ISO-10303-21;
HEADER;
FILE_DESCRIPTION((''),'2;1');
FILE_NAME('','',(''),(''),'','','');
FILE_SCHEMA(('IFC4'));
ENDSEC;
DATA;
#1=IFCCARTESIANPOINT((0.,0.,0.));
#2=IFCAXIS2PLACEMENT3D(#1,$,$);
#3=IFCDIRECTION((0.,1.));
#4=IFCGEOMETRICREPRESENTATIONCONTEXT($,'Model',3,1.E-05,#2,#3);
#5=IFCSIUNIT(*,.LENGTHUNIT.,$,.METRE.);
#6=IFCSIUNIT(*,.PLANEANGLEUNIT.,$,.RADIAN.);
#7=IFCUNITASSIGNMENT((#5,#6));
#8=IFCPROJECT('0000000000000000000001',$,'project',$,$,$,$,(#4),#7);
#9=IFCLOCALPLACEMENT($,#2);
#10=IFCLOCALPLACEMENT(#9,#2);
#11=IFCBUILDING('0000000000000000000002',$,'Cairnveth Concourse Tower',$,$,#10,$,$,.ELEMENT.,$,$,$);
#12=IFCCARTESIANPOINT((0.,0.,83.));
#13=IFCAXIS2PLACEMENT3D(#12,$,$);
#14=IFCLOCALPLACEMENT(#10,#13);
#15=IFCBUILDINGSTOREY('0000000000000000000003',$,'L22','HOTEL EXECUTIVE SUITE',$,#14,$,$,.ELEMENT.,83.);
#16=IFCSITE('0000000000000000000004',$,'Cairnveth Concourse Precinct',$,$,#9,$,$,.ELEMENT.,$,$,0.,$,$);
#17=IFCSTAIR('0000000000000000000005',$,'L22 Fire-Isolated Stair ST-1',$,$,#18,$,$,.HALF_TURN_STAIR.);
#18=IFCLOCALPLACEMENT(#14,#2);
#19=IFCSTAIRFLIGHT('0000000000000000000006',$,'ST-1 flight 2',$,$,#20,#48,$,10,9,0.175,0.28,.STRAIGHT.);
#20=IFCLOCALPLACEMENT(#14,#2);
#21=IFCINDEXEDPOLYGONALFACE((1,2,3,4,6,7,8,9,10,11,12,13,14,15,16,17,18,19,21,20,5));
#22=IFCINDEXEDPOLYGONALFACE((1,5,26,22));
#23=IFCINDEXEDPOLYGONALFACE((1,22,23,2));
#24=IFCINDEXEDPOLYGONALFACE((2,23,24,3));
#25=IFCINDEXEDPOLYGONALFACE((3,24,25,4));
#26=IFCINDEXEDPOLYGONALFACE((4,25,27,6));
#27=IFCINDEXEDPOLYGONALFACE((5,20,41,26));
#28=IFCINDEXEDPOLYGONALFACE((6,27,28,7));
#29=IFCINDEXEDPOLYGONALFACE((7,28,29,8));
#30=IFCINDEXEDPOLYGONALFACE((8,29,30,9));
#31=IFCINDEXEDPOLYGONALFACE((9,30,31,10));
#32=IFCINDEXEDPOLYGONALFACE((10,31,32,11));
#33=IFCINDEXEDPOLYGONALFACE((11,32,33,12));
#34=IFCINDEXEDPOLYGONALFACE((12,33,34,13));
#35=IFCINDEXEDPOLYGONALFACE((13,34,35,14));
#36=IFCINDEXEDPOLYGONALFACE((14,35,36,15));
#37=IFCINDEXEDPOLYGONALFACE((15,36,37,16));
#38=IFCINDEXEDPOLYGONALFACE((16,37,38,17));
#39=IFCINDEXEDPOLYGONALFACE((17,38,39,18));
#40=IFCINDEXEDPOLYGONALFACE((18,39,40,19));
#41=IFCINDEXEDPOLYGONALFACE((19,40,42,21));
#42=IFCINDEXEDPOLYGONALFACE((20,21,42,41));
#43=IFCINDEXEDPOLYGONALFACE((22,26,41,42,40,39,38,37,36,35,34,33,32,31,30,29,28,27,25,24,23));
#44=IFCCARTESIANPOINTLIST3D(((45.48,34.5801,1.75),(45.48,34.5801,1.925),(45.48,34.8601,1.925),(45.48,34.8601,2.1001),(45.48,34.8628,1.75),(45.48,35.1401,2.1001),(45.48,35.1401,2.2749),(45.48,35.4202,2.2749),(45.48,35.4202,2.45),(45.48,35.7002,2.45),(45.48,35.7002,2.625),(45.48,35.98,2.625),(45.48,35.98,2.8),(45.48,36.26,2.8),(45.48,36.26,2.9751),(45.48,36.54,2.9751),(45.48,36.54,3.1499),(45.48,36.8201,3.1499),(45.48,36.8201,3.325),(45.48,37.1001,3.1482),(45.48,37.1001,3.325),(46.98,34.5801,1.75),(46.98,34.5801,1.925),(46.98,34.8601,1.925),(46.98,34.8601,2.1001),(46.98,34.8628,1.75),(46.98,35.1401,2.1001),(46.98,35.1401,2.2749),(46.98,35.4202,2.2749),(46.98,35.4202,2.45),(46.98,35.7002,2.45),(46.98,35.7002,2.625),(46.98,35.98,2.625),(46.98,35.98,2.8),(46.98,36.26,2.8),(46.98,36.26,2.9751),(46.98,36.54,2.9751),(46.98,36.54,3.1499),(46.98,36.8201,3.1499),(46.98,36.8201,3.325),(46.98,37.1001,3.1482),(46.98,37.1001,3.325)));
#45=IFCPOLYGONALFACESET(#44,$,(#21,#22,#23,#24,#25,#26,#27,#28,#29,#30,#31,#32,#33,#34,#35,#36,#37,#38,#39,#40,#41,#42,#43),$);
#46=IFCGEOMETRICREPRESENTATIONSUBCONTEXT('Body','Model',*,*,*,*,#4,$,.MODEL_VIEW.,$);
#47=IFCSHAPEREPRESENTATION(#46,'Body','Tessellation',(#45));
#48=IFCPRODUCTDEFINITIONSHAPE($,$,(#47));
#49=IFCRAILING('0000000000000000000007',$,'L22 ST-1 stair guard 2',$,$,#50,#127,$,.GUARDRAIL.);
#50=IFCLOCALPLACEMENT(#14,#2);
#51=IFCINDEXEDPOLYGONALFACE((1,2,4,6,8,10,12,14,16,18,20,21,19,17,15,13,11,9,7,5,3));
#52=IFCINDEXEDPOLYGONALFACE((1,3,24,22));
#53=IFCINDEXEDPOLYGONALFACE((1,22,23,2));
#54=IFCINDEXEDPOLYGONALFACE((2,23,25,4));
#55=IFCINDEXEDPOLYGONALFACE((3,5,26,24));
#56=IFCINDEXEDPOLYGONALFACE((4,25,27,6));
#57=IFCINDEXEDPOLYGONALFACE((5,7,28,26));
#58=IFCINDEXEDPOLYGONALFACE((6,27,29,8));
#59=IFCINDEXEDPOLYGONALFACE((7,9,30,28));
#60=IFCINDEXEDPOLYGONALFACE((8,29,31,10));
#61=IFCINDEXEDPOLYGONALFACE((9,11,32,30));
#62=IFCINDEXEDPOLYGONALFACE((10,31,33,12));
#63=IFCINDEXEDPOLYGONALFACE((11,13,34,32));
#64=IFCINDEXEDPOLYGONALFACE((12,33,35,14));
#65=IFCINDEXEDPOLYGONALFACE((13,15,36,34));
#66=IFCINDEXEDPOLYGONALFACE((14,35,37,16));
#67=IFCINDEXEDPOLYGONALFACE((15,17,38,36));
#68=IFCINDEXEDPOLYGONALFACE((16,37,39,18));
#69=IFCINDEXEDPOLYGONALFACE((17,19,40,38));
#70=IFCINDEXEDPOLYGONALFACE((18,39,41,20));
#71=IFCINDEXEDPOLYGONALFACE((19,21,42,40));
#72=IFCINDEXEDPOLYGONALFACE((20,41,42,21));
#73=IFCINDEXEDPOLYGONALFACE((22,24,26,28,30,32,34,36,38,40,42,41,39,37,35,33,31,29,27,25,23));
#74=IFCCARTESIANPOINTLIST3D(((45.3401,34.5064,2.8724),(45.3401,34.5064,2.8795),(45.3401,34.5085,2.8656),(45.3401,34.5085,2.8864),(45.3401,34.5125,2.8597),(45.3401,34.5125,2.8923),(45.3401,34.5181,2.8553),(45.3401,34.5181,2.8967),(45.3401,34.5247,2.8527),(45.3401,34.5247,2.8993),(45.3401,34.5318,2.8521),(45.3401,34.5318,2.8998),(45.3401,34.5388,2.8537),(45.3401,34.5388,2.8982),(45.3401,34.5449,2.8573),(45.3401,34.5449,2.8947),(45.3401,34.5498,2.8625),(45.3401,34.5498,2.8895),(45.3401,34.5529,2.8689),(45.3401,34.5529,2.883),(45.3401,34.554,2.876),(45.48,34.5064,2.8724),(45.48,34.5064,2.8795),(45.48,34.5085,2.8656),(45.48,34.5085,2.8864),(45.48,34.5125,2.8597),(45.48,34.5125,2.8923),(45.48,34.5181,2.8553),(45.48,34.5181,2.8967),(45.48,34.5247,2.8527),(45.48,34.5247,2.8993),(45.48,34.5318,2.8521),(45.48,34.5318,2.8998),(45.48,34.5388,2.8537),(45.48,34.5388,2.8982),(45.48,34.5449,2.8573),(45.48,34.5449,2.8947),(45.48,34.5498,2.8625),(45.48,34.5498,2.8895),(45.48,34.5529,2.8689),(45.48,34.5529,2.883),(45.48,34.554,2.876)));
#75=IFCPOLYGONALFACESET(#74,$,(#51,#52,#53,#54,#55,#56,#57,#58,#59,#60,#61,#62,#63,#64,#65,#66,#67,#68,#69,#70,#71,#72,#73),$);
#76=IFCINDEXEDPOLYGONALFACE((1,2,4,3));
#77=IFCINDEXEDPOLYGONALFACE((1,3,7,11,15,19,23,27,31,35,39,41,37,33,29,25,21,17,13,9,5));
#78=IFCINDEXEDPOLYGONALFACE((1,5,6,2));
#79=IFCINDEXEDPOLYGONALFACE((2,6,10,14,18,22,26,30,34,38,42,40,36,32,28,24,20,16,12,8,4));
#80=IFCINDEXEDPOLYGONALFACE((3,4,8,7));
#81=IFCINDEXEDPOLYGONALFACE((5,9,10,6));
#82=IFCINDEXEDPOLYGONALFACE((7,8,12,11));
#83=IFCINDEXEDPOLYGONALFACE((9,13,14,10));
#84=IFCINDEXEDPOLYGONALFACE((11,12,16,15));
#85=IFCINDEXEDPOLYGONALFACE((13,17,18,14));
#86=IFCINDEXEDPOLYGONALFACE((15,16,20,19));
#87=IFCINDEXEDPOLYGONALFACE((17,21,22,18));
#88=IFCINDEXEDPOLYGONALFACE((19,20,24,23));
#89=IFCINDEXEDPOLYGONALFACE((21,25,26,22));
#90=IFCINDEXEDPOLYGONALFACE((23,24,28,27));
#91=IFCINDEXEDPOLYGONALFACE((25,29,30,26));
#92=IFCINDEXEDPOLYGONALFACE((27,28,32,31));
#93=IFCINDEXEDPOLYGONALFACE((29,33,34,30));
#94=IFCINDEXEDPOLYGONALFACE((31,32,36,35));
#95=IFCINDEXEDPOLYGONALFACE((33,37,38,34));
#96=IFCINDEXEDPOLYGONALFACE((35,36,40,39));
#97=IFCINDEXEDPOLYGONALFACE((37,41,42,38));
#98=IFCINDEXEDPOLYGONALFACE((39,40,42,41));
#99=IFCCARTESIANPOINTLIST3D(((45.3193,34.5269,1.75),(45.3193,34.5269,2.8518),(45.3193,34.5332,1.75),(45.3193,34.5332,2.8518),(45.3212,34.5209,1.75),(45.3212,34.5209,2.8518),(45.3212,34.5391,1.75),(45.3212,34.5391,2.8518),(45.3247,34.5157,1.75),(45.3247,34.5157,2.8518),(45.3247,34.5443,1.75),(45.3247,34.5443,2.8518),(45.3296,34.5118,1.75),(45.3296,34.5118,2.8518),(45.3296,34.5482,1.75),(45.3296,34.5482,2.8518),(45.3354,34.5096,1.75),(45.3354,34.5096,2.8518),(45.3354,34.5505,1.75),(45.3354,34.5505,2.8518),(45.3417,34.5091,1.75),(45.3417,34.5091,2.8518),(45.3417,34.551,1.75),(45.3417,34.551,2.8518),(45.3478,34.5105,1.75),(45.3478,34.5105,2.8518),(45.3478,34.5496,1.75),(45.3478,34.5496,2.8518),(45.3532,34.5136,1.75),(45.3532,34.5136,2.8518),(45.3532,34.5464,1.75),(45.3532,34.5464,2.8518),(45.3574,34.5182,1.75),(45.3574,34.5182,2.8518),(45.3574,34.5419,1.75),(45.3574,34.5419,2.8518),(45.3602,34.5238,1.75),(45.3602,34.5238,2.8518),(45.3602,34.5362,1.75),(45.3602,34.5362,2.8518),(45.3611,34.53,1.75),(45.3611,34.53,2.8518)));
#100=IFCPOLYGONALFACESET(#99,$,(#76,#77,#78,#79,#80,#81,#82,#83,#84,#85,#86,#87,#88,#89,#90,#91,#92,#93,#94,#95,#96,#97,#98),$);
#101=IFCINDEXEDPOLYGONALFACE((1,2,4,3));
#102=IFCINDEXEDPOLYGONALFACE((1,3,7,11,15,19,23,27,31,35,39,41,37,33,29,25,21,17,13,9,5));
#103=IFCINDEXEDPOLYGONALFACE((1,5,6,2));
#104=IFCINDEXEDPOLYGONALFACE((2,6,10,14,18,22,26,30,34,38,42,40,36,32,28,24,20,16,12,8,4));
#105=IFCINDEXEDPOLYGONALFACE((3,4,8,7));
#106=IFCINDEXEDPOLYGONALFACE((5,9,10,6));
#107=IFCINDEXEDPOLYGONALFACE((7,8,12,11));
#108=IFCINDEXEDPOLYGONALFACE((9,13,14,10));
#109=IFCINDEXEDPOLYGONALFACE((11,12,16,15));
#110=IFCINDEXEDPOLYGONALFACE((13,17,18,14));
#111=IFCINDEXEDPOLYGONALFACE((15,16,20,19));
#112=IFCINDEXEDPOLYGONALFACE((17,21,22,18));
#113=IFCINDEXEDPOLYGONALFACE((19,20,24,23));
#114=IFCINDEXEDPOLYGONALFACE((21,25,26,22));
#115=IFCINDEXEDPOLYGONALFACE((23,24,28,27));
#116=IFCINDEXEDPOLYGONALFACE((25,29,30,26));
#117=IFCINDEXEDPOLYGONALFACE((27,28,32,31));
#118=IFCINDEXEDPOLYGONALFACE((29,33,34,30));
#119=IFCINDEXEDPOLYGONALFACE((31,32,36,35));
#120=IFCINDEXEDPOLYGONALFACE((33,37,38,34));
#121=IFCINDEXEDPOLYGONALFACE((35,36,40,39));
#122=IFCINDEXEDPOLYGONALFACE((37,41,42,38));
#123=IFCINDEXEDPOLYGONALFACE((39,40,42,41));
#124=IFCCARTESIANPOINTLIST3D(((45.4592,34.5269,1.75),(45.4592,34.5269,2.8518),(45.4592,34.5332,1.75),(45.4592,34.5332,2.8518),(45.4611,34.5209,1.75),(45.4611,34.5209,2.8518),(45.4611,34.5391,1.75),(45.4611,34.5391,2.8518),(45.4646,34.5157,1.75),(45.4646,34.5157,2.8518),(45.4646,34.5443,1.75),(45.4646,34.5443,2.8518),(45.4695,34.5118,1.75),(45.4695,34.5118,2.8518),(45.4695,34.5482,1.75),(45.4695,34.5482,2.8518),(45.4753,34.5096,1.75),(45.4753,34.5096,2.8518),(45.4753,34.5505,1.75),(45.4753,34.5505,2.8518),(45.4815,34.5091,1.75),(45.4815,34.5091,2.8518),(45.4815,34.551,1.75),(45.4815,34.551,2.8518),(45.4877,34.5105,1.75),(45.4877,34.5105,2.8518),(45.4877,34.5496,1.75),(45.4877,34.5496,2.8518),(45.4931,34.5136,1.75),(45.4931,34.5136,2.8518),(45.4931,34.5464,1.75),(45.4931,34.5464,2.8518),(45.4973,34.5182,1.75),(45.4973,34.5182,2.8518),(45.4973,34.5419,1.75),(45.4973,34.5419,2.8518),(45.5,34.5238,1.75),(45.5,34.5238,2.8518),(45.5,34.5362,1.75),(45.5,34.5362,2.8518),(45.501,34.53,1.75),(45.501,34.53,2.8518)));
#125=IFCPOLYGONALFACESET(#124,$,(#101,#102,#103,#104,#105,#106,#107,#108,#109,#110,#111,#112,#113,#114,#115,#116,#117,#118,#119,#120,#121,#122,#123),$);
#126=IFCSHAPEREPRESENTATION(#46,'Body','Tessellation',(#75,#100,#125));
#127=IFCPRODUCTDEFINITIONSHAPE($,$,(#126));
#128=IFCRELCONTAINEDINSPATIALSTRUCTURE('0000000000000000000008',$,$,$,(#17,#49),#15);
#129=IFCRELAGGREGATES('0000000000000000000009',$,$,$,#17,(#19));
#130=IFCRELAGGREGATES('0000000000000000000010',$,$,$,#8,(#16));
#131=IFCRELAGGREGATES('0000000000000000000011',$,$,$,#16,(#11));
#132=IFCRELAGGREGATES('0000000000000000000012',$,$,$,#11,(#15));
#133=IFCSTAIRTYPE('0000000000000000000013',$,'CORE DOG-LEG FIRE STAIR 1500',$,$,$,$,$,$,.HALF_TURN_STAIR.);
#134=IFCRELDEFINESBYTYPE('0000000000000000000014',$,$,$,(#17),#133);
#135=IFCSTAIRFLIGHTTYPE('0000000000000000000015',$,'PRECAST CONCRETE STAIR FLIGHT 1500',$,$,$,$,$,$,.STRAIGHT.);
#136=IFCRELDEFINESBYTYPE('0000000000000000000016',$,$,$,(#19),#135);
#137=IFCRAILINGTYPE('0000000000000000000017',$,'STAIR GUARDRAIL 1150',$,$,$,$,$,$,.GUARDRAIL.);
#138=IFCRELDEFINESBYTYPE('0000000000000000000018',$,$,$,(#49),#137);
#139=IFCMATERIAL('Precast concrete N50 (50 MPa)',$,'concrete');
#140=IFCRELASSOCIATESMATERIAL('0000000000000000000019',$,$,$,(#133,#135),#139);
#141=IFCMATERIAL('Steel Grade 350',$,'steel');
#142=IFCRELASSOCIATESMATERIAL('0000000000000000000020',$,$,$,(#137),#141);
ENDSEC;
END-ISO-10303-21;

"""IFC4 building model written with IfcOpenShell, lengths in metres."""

from ifc_helpers import new_model, si_unit, direction, frame, origin, origin_2d, place, context, subcontext, project, spatial, polyline, circle, outline, extrude, material, type_object, element, aggregate, save


model = new_model("IFC4")

# Units and contexts
model_context = context("Model", 3, precision=1e-05, world=origin(), true_north=direction((0.0, 1.0)))
body_context = subcontext(model_context, "Body", "Model", "MODEL_VIEW")
ifc_project = project(units=[si_unit("LENGTHUNIT", "METRE"), si_unit("PLANEANGLEUNIT", "RADIAN")], contexts=[model_context])

# Site, building, storey
site_placement = place(None, origin())
site = spatial("IfcSite", under=ifc_project, at=site_placement, Name="Cairnveth Concourse Precinct", CompositionType="ELEMENT", RefElevation=0.0)
building_placement = place(site_placement, origin())
building = spatial("IfcBuilding", under=site, at=building_placement, Name="Cairnveth Concourse Tower", CompositionType="ELEMENT")
storey_placement = place(building_placement, frame((0.0, 0.0, 83.0)))
storey = spatial("IfcBuildingStorey", under=building, at=storey_placement, Name="L22", Description="HOTEL EXECUTIVE SUITE", CompositionType="ELEMENT", Elevation=83.0)

# Stair, stair flight
ifc_material_1 = material(Name="Precast concrete N50 (50 MPa)", Category="concrete")
stair_type = type_object("IfcStairType", Name="CORE DOG-LEG FIRE STAIR 1500", PredefinedType="HALF_TURN_STAIR", material=ifc_material_1)
stair_placement = place(storey_placement, origin())
stair = element("IfcStair", 1, at=stair_placement, inside=storey, type_object=stair_type, Name="L22 Fire-Isolated Stair ST-1", PredefinedType="HALF_TURN_STAIR")
stair_flight_type = type_object("IfcStairFlightType", Name="PRECAST CONCRETE STAIR FLIGHT 1500", PredefinedType="STRAIGHT", material=ifc_material_1)
stair_flight_placement = place(storey_placement, frame((46.23, 34.5801, 1.75), z_axis=(0.0, 0.0, 1.0), x_axis=(0.0, 1.0, 0.0)))
stair_flight = element("IfcStairFlight", 2, at=stair_flight_placement, type_object=stair_flight_type, Name="ST-1 flight 2", NumberOfRisers=10, NumberOfTreads=9, PredefinedType="STRAIGHT", RiserHeight=0.175, TreadLength=0.28, context=body_context, shape_type="SweptSolid", body=[
    extrude(outline(polyline([(0.0, 0.0), (0.0, 0.175), (0.28, 0.175), (0.28, 0.3501), (0.5601, 0.3501), (0.5601, 0.5249), (0.8401, 0.5249), (0.8401, 0.7), (1.1201, 0.7), (1.1201, 0.875), (1.3999, 0.875), (1.3999, 1.05), (1.6799, 1.05), (1.6799, 1.2251), (1.96, 1.2251), (1.96, 1.3999), (2.24, 1.3999), (2.24, 1.575), (2.52, 1.575), (2.52, 1.75), (2.52, 1.3982), (0.2827, 0.0), (0.0, 0.0)])), frame((0.0, 0.75, 0.0), z_axis=(0.0, -1.0, 0.0), x_axis=(1.0, 0.0, 0.0)), (0.0, 0.0, 1.0), 1.5),
])
aggregate(stair, [stair_flight])

# Railing
ifc_material_2 = material(Name="Steel Grade 350", Category="steel")
railing_type_1 = type_object("IfcRailingType", Name="STAIR GUARDRAIL 1150", PredefinedType="GUARDRAIL", material=ifc_material_2)
railing_1_placement = place(storey_placement, frame((45.3401, 34.53, 1.75)))
element("IfcRailing", 3, at=railing_1_placement, inside=storey, type_object=railing_type_1, Name="L22 ST-1 stair guard 2", PredefinedType="GUARDRAIL", context=body_context, shape_type="SweptSolid", body=[
    extrude(circle(Radius=0.0239, at=origin_2d()), frame((0.0, 0.0, 1.126), z_axis=(1.0, 0.0, 0.0), x_axis=(0.0, 1.0, 0.0)), (0.0, 0.0, 1.0), 0.1399),
    extrude(circle(Radius=0.021, at=origin_2d()), origin(), (0.0, 0.0, 1.0), 1.1018),
    extrude(circle(Radius=0.021, at=origin_2d()), frame((0.1399, 0.0, 0.0)), (0.0, 0.0, 1.0), 1.1018),
])

save(model, "model.ifc")
